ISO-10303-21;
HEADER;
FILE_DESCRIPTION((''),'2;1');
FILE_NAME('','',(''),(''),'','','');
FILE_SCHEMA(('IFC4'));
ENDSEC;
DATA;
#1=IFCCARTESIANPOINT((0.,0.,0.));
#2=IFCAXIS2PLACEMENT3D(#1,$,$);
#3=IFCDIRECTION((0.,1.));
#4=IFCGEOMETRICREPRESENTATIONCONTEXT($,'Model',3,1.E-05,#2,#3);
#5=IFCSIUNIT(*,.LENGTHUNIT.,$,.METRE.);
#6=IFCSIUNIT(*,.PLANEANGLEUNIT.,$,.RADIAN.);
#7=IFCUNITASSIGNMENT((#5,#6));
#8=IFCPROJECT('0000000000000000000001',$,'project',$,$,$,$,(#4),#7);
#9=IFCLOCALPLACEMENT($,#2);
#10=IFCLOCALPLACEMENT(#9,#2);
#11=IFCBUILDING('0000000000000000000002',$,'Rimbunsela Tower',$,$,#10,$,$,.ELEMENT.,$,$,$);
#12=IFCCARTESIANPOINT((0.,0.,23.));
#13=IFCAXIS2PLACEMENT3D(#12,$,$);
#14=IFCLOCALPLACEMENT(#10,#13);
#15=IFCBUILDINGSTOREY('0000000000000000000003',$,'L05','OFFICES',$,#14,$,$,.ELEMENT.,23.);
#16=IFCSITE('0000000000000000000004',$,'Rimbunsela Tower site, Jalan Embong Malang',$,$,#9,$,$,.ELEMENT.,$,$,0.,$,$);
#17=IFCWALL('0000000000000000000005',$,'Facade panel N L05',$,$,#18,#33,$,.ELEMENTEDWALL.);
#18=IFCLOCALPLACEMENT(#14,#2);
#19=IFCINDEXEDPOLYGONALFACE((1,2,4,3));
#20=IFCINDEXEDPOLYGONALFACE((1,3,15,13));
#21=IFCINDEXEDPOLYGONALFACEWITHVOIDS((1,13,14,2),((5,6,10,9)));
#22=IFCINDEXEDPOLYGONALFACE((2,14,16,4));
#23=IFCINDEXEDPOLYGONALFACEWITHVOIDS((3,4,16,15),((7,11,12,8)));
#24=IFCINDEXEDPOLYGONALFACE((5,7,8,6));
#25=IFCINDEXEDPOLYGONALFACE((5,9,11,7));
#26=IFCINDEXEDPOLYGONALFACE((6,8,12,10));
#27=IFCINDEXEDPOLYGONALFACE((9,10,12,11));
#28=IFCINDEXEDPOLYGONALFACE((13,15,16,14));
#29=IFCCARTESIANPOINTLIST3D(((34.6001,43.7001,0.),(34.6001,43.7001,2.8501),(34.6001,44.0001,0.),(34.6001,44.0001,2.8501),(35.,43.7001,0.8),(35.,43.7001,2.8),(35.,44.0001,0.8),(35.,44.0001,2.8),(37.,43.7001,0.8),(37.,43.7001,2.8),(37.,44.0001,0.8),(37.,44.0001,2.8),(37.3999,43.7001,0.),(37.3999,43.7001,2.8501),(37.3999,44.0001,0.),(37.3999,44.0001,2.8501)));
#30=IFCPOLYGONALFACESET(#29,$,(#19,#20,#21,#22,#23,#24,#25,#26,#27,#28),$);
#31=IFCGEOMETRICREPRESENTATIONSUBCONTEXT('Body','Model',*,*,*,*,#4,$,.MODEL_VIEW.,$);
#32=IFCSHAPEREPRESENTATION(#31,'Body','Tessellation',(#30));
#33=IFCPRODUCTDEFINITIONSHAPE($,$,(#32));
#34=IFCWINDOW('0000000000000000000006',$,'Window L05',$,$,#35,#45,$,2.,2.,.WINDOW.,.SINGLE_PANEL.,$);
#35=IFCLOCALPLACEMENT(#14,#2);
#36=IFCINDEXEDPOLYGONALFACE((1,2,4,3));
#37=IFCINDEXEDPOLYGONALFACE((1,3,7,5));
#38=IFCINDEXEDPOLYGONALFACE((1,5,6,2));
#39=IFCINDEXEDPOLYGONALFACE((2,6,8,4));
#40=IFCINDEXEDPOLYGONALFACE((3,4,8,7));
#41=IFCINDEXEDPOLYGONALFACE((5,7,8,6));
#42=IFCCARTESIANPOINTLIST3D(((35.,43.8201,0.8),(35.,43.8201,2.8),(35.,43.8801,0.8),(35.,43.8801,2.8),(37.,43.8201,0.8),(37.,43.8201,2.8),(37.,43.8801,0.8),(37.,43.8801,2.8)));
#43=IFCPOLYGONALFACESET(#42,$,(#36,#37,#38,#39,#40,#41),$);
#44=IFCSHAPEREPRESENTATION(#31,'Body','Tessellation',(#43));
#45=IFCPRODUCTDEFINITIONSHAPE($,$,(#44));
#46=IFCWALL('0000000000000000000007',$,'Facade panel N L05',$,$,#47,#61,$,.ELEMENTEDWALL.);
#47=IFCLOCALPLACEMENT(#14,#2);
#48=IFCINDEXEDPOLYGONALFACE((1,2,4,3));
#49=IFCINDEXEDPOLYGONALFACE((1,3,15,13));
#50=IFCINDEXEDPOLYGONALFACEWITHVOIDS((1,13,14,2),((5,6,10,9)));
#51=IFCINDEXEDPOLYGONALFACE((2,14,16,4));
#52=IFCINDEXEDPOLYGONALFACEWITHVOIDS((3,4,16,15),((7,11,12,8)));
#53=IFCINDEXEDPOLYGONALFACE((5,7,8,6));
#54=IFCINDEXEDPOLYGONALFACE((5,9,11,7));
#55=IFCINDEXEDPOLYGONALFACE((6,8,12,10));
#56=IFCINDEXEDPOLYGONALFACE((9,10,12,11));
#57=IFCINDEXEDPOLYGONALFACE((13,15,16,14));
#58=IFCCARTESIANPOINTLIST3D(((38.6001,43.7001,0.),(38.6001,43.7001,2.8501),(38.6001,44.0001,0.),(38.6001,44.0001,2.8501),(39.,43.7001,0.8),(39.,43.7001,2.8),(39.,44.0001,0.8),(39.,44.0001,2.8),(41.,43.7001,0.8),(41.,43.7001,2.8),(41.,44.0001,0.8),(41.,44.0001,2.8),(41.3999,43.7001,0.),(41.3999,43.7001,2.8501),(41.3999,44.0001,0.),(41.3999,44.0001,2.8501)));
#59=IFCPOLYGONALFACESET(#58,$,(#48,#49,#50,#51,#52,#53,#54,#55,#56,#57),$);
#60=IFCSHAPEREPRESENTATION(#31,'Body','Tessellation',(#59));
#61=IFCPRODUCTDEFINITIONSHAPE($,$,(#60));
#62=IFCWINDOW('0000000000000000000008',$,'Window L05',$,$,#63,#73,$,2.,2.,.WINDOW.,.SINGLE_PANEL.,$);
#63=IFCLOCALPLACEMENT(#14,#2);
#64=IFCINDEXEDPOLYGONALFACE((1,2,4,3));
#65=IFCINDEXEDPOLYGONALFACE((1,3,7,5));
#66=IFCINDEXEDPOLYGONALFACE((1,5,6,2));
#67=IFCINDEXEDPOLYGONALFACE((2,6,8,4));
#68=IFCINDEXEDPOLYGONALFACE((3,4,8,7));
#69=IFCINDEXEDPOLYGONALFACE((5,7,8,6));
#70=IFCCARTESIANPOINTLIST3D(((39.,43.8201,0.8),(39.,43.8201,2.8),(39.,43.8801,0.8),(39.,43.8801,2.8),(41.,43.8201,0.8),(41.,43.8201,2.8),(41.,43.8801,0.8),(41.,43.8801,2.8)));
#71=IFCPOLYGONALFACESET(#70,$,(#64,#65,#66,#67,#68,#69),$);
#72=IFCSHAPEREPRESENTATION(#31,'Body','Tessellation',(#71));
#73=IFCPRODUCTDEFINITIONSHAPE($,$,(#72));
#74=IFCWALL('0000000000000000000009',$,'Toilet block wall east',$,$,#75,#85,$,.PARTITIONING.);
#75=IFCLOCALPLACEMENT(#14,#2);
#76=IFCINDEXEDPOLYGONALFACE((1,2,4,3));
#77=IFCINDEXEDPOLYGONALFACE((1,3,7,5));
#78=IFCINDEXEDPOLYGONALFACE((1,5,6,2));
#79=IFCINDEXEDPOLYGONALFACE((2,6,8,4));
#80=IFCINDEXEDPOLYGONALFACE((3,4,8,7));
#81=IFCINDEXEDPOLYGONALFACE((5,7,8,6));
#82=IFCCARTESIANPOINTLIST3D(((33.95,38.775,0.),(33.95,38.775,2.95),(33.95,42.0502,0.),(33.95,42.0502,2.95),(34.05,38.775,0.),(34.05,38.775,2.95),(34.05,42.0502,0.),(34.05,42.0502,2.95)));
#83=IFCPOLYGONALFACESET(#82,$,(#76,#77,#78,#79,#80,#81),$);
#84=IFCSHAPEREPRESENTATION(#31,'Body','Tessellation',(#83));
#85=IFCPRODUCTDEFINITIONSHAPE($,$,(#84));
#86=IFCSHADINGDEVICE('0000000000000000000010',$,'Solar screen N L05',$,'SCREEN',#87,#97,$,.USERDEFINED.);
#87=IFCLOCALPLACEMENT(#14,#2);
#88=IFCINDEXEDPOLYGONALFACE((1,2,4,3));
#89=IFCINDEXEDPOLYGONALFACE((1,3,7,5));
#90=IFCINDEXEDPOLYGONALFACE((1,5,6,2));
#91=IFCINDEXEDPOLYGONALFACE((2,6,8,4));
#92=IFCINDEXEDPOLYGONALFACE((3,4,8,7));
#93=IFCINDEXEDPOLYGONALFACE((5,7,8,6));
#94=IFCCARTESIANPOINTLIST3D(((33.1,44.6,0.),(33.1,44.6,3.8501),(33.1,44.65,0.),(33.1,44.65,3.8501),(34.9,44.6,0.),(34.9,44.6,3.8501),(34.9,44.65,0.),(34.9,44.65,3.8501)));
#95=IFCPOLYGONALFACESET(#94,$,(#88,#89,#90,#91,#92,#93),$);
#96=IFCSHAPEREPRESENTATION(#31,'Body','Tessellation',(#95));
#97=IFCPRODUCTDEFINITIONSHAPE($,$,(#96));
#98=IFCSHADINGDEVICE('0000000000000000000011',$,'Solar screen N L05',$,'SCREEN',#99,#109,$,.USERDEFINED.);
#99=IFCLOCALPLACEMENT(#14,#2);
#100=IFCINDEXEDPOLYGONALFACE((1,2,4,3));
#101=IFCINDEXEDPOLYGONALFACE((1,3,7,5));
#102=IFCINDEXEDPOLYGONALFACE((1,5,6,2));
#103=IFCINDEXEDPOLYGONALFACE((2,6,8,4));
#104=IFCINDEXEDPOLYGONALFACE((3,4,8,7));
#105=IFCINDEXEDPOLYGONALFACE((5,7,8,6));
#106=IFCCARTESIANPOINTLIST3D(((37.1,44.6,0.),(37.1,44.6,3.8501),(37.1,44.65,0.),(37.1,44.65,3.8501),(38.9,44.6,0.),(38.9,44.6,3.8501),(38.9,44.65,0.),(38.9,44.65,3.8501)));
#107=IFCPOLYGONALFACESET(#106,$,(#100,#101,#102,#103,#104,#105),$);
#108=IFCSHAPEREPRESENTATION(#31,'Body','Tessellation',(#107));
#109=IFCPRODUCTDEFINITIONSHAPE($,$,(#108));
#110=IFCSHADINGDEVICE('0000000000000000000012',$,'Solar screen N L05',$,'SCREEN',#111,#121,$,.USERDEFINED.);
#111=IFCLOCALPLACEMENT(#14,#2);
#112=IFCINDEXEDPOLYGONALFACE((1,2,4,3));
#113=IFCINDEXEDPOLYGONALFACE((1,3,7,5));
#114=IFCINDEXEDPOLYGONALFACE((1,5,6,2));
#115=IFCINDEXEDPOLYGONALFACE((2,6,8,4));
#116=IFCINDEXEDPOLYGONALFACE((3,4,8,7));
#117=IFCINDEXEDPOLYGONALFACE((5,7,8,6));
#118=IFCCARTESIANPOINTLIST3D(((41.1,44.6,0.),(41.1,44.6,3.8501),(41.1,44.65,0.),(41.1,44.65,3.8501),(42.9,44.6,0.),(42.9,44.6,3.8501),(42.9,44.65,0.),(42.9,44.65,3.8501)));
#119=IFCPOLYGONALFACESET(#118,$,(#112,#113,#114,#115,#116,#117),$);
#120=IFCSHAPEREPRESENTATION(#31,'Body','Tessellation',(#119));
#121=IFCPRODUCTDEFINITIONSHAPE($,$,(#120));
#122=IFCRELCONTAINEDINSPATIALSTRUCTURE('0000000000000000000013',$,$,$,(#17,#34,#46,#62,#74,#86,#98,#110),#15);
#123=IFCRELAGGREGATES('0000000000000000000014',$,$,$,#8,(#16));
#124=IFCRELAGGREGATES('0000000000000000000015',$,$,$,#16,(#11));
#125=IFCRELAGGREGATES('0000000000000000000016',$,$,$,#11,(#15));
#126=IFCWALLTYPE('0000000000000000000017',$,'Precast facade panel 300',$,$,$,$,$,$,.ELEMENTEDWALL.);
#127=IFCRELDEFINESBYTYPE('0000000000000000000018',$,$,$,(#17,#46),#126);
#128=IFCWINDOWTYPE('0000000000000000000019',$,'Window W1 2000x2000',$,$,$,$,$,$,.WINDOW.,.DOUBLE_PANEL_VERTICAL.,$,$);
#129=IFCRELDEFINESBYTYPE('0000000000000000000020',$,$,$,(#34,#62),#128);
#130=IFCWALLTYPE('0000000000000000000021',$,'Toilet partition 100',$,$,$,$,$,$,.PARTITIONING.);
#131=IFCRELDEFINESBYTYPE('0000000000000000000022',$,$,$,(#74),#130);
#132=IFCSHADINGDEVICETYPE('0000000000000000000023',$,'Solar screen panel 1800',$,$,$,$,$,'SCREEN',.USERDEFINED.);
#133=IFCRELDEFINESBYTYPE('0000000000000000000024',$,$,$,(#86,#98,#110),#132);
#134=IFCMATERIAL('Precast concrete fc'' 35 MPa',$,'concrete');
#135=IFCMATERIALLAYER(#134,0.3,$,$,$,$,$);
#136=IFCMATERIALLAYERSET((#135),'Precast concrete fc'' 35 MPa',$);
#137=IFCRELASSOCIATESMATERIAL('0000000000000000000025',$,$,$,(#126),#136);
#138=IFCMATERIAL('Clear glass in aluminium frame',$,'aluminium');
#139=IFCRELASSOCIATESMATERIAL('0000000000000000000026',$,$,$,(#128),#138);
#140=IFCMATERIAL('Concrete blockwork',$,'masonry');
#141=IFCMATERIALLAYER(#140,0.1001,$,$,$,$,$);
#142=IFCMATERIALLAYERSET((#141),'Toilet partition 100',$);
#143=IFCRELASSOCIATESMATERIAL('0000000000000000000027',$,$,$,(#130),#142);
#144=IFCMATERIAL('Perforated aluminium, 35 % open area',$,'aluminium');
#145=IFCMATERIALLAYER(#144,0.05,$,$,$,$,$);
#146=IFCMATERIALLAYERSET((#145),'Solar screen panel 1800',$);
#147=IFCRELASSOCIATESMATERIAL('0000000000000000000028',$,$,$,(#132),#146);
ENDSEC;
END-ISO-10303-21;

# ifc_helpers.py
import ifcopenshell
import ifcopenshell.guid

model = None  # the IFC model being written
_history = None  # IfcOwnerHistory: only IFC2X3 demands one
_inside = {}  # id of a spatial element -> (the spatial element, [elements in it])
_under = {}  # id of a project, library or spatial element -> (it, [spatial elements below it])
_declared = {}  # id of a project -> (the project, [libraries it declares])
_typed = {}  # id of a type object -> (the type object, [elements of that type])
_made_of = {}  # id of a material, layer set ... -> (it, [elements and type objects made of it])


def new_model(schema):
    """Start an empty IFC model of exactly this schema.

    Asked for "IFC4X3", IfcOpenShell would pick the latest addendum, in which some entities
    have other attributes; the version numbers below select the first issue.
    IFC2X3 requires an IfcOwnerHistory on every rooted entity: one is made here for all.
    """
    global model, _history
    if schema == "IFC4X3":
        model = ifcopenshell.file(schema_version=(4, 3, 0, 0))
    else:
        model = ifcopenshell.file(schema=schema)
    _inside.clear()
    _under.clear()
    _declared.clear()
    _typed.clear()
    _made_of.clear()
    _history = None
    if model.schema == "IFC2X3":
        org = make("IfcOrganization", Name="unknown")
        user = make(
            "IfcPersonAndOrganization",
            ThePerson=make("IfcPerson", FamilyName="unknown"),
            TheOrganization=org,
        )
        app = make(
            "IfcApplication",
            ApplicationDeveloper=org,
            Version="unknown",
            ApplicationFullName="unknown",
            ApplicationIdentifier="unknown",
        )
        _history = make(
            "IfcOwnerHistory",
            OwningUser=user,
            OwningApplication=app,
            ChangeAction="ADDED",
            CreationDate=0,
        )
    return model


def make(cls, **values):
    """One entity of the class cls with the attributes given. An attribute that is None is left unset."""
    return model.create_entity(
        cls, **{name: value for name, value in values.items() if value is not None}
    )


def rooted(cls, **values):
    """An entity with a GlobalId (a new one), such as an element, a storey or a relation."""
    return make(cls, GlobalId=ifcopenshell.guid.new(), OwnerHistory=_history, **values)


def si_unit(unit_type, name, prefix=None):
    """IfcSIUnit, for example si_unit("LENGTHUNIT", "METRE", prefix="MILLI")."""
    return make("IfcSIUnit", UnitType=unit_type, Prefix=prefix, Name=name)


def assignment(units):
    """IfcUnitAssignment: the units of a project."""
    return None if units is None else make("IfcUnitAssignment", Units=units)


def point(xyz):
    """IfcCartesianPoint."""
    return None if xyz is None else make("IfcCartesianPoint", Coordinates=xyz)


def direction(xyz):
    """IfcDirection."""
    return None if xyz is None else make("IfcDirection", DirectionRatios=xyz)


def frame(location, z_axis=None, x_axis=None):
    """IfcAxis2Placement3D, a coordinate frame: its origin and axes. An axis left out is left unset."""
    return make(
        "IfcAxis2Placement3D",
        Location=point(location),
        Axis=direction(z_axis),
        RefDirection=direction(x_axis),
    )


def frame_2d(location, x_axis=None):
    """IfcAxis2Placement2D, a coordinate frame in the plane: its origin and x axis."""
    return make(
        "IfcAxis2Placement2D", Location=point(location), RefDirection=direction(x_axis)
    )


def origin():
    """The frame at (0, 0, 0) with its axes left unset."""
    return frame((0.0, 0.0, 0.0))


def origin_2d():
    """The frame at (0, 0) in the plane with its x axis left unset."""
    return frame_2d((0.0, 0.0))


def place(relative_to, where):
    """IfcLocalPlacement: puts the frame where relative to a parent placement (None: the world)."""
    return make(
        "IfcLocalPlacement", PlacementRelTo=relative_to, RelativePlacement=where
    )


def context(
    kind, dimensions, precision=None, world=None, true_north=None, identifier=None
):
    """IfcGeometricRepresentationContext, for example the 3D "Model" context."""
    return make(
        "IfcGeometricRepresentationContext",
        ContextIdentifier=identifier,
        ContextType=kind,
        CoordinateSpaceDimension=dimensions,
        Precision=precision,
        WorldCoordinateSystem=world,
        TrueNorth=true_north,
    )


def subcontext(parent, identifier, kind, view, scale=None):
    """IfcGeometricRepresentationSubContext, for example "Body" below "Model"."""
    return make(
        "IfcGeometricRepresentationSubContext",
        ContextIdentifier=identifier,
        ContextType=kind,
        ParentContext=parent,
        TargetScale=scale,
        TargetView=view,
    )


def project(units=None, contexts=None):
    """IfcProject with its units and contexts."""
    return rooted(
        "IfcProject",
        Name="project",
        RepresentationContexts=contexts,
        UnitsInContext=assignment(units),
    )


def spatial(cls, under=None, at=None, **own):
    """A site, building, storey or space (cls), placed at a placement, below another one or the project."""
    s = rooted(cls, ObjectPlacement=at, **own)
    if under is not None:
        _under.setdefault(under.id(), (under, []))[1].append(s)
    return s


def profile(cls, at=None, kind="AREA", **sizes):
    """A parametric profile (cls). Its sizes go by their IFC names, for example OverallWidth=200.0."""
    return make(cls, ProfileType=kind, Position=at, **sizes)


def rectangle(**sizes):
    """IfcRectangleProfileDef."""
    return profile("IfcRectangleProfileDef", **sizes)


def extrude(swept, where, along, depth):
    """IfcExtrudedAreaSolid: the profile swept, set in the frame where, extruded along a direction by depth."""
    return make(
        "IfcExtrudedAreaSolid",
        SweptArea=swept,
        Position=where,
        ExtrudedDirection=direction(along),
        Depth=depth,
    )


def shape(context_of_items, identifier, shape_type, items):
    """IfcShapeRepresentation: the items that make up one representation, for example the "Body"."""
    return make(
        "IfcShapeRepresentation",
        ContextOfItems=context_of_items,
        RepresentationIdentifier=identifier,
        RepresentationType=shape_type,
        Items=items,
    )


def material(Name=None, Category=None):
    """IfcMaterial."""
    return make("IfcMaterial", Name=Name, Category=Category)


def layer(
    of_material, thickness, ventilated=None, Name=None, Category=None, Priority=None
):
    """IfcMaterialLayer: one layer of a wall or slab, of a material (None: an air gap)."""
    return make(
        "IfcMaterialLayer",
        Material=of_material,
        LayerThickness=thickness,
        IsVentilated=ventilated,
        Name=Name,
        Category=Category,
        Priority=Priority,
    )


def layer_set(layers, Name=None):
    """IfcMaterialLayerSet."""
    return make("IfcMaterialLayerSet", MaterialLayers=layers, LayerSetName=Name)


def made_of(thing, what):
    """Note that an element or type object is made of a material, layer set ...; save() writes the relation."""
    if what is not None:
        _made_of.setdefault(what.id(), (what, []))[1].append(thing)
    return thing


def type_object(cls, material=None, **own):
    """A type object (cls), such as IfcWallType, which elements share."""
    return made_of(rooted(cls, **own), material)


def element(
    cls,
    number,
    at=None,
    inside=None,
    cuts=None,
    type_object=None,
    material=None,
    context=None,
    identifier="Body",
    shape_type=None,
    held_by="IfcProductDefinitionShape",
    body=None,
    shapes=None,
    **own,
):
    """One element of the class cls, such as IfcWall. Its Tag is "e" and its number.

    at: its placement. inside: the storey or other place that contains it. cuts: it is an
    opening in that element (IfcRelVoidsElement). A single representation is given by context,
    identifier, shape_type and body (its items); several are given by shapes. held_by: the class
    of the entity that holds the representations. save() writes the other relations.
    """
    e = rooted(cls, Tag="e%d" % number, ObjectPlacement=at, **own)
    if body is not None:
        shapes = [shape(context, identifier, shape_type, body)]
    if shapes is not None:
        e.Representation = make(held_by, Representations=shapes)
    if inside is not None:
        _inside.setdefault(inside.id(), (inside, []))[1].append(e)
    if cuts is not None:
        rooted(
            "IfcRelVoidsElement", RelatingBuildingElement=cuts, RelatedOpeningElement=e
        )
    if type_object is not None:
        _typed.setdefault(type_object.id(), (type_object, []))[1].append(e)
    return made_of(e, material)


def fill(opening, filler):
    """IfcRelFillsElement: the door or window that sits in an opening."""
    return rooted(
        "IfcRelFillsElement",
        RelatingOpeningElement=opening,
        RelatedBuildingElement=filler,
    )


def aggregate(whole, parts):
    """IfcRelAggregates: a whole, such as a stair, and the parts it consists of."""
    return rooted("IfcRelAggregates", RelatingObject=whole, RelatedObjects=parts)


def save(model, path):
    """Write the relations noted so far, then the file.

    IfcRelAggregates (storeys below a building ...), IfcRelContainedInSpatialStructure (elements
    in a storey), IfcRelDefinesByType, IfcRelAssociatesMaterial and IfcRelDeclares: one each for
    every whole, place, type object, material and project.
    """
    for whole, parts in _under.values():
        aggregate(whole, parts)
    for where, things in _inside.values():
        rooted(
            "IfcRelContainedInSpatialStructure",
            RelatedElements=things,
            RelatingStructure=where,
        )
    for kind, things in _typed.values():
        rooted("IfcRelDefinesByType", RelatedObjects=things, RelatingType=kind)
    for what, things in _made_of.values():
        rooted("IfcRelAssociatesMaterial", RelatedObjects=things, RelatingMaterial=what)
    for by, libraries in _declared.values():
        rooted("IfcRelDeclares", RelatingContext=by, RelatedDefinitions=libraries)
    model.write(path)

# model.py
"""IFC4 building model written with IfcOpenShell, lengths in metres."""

from ifc_helpers import new_model, si_unit, direction, frame, frame_2d, origin, origin_2d, place, context, subcontext, project, spatial, rectangle, extrude, material, layer, layer_set, type_object, element, fill, save


model = new_model("IFC4")

# Units and contexts
model_context = context("Model", 3, precision=1e-05, world=origin(), true_north=direction((0.0, 1.0)))
body_context = subcontext(model_context, "Body", "Model", "MODEL_VIEW")
ifc_project = project(units=[si_unit("LENGTHUNIT", "METRE"), si_unit("PLANEANGLEUNIT", "RADIAN")], contexts=[model_context])

# Site, building, storey
site_placement = place(None, origin())
site = spatial("IfcSite", under=ifc_project, at=site_placement, Name="Rimbunsela Tower site, Jalan Embong Malang", CompositionType="ELEMENT", RefElevation=0.0)
building_placement = place(site_placement, origin())
building = spatial("IfcBuilding", under=site, at=building_placement, Name="Rimbunsela Tower", CompositionType="ELEMENT")
storey_placement = place(building_placement, frame((0.0, 0.0, 23.0)))
storey = spatial("IfcBuildingStorey", under=building, at=storey_placement, Name="L05", Description="OFFICES", CompositionType="ELEMENT", Elevation=23.0)

# Walls, openings, windows
ifc_material_1 = material(Name="Precast concrete fc' 35 MPa", Category="concrete")
ifc_layer_1 = layer(ifc_material_1, 0.3)
ifc_layer_set_1 = layer_set([ifc_layer_1], Name="Precast concrete fc' 35 MPa")
wall_type_1 = type_object("IfcWallType", Name="Precast facade panel 300", PredefinedType="ELEMENTEDWALL", material=ifc_layer_set_1)
ifc_material_2 = material(Name="Clear glass in aluminium frame", Category="aluminium")
window_type = type_object("IfcWindowType", Name="Window W1 2000x2000", PartitioningType="DOUBLE_PANEL_VERTICAL", PredefinedType="WINDOW", material=ifc_material_2)
wall_1_placement = place(storey_placement, frame((37.3999, 43.8501, 0.0), z_axis=(0.0, 0.0, 1.0), x_axis=(-1.0, 0.0, 0.0)))
wall_1 = element("IfcWall", 1, at=wall_1_placement, inside=storey, type_object=wall_type_1, Name="Facade panel N L05", PredefinedType="ELEMENTEDWALL", context=body_context, shape_type="SweptSolid", body=[
    extrude(rectangle(XDim=2.7998, YDim=0.3, at=frame_2d((1.3999, 0.0))), origin(), (0.0, 0.0, 1.0), 2.8501),
])
opening_1_placement = place(wall_1_placement, frame((0.3999, 0.0, 0.8)))
opening_1 = element("IfcOpeningElement", 2, at=opening_1_placement, cuts=wall_1, PredefinedType="OPENING", context=body_context, shape_type="SweptSolid", body=[
    extrude(rectangle(XDim=2.0, YDim=2.0, at=frame_2d((1.0, 1.0))), frame((0.0, 0.1599, 0.0), z_axis=(0.0, -1.0, 0.0), x_axis=(1.0, 0.0, 0.0)), (0.0, 0.0, 1.0), 0.3201),
])
window_1_placement = place(opening_1_placement, origin())
window_1 = element("IfcWindow", 3, at=window_1_placement, inside=storey, type_object=window_type, Name="Window L05", OverallHeight=2.0, OverallWidth=2.0, PartitioningType="SINGLE_PANEL", PredefinedType="WINDOW", context=body_context, shape_type="SweptSolid", body=[
    extrude(rectangle(XDim=2.0, YDim=2.0, at=frame_2d((1.0, 1.0))), frame((0.0, 0.03, 0.0), z_axis=(0.0, -1.0, 0.0), x_axis=(1.0, 0.0, 0.0)), (0.0, 0.0, 1.0), 0.0601),
])
fill(opening_1, window_1)
wall_2_placement = place(storey_placement, frame((41.3999, 43.8501, 0.0), z_axis=(0.0, 0.0, 1.0), x_axis=(-1.0, 0.0, 0.0)))
wall_2 = element("IfcWall", 4, at=wall_2_placement, inside=storey, type_object=wall_type_1, Name="Facade panel N L05", PredefinedType="ELEMENTEDWALL", context=body_context, shape_type="SweptSolid", body=[
    extrude(rectangle(XDim=2.7998, YDim=0.3, at=frame_2d((1.3999, 0.0))), origin(), (0.0, 0.0, 1.0), 2.8501),
])
opening_2_placement = place(wall_2_placement, frame((0.3999, 0.0, 0.8)))
opening_2 = element("IfcOpeningElement", 5, at=opening_2_placement, cuts=wall_2, PredefinedType="OPENING", context=body_context, shape_type="SweptSolid", body=[
    extrude(rectangle(XDim=2.0, YDim=2.0, at=frame_2d((1.0, 1.0))), frame((0.0, 0.1599, 0.0), z_axis=(0.0, -1.0, 0.0), x_axis=(1.0, 0.0, 0.0)), (0.0, 0.0, 1.0), 0.3201),
])
window_2_placement = place(opening_2_placement, origin())
window_2 = element("IfcWindow", 6, at=window_2_placement, inside=storey, type_object=window_type, Name="Window L05", OverallHeight=2.0, OverallWidth=2.0, PartitioningType="SINGLE_PANEL", PredefinedType="WINDOW", context=body_context, shape_type="SweptSolid", body=[
    extrude(rectangle(XDim=2.0, YDim=2.0, at=frame_2d((1.0, 1.0))), frame((0.0, 0.03, 0.0), z_axis=(0.0, -1.0, 0.0), x_axis=(1.0, 0.0, 0.0)), (0.0, 0.0, 1.0), 0.0601),
])
fill(opening_2, window_2)

# Wall
ifc_material_3 = material(Name="Concrete blockwork", Category="masonry")
ifc_layer_2 = layer(ifc_material_3, 0.1001)
ifc_layer_set_2 = layer_set([ifc_layer_2], Name="Toilet partition 100")
wall_type_2 = type_object("IfcWallType", Name="Toilet partition 100", PredefinedType="PARTITIONING", material=ifc_layer_set_2)
wall_3_placement = place(storey_placement, frame((34.0, 38.7749, 0.0), z_axis=(0.0, 0.0, 1.0), x_axis=(0.0, 1.0, 0.0)))
element("IfcWall", 7, at=wall_3_placement, inside=storey, type_object=wall_type_2, Name="Toilet block wall east", PredefinedType="PARTITIONING", context=body_context, shape_type="SweptSolid", body=[
    extrude(rectangle(XDim=3.2751, YDim=0.1001, at=frame_2d((1.6377, 0.0))), origin(), (0.0, 0.0, 1.0), 2.95),
])

# Shading devices
ifc_material_4 = material(Name="Perforated aluminium, 35 % open area", Category="aluminium")
ifc_layer_3 = layer(ifc_material_4, 0.05)
ifc_layer_set_3 = layer_set([ifc_layer_3], Name="Solar screen panel 1800")
shading_device_type = type_object("IfcShadingDeviceType", Name="Solar screen panel 1800", ElementType="SCREEN", PredefinedType="USERDEFINED", material=ifc_layer_set_3)
for number, where, z_axis, x_axis, name in (
    (8, (34.0, 44.625, 0.0), (0.0, 0.0, 1.0), (1.0, 0.0, 0.0), "Solar screen N L05"),
    (9, (38.0, 44.625, 0.0), (0.0, 0.0, 1.0), (1.0, 0.0, 0.0), "Solar screen N L05"),
    (10, (42.0, 44.625, 0.0), (0.0, 0.0, 1.0), (1.0, 0.0, 0.0), "Solar screen N L05"),
):
    element("IfcShadingDevice", number, at=place(storey_placement, frame(where, z_axis=z_axis, x_axis=x_axis)), inside=storey, type_object=shading_device_type, Name=name, ObjectType="SCREEN", PredefinedType="USERDEFINED", context=body_context, shape_type="SweptSolid", body=[
        extrude(rectangle(XDim=1.8, YDim=0.05, at=origin_2d()), origin(), (0.0, 0.0, 1.0), 3.8501),
    ])

save(model, "model.ifc")
